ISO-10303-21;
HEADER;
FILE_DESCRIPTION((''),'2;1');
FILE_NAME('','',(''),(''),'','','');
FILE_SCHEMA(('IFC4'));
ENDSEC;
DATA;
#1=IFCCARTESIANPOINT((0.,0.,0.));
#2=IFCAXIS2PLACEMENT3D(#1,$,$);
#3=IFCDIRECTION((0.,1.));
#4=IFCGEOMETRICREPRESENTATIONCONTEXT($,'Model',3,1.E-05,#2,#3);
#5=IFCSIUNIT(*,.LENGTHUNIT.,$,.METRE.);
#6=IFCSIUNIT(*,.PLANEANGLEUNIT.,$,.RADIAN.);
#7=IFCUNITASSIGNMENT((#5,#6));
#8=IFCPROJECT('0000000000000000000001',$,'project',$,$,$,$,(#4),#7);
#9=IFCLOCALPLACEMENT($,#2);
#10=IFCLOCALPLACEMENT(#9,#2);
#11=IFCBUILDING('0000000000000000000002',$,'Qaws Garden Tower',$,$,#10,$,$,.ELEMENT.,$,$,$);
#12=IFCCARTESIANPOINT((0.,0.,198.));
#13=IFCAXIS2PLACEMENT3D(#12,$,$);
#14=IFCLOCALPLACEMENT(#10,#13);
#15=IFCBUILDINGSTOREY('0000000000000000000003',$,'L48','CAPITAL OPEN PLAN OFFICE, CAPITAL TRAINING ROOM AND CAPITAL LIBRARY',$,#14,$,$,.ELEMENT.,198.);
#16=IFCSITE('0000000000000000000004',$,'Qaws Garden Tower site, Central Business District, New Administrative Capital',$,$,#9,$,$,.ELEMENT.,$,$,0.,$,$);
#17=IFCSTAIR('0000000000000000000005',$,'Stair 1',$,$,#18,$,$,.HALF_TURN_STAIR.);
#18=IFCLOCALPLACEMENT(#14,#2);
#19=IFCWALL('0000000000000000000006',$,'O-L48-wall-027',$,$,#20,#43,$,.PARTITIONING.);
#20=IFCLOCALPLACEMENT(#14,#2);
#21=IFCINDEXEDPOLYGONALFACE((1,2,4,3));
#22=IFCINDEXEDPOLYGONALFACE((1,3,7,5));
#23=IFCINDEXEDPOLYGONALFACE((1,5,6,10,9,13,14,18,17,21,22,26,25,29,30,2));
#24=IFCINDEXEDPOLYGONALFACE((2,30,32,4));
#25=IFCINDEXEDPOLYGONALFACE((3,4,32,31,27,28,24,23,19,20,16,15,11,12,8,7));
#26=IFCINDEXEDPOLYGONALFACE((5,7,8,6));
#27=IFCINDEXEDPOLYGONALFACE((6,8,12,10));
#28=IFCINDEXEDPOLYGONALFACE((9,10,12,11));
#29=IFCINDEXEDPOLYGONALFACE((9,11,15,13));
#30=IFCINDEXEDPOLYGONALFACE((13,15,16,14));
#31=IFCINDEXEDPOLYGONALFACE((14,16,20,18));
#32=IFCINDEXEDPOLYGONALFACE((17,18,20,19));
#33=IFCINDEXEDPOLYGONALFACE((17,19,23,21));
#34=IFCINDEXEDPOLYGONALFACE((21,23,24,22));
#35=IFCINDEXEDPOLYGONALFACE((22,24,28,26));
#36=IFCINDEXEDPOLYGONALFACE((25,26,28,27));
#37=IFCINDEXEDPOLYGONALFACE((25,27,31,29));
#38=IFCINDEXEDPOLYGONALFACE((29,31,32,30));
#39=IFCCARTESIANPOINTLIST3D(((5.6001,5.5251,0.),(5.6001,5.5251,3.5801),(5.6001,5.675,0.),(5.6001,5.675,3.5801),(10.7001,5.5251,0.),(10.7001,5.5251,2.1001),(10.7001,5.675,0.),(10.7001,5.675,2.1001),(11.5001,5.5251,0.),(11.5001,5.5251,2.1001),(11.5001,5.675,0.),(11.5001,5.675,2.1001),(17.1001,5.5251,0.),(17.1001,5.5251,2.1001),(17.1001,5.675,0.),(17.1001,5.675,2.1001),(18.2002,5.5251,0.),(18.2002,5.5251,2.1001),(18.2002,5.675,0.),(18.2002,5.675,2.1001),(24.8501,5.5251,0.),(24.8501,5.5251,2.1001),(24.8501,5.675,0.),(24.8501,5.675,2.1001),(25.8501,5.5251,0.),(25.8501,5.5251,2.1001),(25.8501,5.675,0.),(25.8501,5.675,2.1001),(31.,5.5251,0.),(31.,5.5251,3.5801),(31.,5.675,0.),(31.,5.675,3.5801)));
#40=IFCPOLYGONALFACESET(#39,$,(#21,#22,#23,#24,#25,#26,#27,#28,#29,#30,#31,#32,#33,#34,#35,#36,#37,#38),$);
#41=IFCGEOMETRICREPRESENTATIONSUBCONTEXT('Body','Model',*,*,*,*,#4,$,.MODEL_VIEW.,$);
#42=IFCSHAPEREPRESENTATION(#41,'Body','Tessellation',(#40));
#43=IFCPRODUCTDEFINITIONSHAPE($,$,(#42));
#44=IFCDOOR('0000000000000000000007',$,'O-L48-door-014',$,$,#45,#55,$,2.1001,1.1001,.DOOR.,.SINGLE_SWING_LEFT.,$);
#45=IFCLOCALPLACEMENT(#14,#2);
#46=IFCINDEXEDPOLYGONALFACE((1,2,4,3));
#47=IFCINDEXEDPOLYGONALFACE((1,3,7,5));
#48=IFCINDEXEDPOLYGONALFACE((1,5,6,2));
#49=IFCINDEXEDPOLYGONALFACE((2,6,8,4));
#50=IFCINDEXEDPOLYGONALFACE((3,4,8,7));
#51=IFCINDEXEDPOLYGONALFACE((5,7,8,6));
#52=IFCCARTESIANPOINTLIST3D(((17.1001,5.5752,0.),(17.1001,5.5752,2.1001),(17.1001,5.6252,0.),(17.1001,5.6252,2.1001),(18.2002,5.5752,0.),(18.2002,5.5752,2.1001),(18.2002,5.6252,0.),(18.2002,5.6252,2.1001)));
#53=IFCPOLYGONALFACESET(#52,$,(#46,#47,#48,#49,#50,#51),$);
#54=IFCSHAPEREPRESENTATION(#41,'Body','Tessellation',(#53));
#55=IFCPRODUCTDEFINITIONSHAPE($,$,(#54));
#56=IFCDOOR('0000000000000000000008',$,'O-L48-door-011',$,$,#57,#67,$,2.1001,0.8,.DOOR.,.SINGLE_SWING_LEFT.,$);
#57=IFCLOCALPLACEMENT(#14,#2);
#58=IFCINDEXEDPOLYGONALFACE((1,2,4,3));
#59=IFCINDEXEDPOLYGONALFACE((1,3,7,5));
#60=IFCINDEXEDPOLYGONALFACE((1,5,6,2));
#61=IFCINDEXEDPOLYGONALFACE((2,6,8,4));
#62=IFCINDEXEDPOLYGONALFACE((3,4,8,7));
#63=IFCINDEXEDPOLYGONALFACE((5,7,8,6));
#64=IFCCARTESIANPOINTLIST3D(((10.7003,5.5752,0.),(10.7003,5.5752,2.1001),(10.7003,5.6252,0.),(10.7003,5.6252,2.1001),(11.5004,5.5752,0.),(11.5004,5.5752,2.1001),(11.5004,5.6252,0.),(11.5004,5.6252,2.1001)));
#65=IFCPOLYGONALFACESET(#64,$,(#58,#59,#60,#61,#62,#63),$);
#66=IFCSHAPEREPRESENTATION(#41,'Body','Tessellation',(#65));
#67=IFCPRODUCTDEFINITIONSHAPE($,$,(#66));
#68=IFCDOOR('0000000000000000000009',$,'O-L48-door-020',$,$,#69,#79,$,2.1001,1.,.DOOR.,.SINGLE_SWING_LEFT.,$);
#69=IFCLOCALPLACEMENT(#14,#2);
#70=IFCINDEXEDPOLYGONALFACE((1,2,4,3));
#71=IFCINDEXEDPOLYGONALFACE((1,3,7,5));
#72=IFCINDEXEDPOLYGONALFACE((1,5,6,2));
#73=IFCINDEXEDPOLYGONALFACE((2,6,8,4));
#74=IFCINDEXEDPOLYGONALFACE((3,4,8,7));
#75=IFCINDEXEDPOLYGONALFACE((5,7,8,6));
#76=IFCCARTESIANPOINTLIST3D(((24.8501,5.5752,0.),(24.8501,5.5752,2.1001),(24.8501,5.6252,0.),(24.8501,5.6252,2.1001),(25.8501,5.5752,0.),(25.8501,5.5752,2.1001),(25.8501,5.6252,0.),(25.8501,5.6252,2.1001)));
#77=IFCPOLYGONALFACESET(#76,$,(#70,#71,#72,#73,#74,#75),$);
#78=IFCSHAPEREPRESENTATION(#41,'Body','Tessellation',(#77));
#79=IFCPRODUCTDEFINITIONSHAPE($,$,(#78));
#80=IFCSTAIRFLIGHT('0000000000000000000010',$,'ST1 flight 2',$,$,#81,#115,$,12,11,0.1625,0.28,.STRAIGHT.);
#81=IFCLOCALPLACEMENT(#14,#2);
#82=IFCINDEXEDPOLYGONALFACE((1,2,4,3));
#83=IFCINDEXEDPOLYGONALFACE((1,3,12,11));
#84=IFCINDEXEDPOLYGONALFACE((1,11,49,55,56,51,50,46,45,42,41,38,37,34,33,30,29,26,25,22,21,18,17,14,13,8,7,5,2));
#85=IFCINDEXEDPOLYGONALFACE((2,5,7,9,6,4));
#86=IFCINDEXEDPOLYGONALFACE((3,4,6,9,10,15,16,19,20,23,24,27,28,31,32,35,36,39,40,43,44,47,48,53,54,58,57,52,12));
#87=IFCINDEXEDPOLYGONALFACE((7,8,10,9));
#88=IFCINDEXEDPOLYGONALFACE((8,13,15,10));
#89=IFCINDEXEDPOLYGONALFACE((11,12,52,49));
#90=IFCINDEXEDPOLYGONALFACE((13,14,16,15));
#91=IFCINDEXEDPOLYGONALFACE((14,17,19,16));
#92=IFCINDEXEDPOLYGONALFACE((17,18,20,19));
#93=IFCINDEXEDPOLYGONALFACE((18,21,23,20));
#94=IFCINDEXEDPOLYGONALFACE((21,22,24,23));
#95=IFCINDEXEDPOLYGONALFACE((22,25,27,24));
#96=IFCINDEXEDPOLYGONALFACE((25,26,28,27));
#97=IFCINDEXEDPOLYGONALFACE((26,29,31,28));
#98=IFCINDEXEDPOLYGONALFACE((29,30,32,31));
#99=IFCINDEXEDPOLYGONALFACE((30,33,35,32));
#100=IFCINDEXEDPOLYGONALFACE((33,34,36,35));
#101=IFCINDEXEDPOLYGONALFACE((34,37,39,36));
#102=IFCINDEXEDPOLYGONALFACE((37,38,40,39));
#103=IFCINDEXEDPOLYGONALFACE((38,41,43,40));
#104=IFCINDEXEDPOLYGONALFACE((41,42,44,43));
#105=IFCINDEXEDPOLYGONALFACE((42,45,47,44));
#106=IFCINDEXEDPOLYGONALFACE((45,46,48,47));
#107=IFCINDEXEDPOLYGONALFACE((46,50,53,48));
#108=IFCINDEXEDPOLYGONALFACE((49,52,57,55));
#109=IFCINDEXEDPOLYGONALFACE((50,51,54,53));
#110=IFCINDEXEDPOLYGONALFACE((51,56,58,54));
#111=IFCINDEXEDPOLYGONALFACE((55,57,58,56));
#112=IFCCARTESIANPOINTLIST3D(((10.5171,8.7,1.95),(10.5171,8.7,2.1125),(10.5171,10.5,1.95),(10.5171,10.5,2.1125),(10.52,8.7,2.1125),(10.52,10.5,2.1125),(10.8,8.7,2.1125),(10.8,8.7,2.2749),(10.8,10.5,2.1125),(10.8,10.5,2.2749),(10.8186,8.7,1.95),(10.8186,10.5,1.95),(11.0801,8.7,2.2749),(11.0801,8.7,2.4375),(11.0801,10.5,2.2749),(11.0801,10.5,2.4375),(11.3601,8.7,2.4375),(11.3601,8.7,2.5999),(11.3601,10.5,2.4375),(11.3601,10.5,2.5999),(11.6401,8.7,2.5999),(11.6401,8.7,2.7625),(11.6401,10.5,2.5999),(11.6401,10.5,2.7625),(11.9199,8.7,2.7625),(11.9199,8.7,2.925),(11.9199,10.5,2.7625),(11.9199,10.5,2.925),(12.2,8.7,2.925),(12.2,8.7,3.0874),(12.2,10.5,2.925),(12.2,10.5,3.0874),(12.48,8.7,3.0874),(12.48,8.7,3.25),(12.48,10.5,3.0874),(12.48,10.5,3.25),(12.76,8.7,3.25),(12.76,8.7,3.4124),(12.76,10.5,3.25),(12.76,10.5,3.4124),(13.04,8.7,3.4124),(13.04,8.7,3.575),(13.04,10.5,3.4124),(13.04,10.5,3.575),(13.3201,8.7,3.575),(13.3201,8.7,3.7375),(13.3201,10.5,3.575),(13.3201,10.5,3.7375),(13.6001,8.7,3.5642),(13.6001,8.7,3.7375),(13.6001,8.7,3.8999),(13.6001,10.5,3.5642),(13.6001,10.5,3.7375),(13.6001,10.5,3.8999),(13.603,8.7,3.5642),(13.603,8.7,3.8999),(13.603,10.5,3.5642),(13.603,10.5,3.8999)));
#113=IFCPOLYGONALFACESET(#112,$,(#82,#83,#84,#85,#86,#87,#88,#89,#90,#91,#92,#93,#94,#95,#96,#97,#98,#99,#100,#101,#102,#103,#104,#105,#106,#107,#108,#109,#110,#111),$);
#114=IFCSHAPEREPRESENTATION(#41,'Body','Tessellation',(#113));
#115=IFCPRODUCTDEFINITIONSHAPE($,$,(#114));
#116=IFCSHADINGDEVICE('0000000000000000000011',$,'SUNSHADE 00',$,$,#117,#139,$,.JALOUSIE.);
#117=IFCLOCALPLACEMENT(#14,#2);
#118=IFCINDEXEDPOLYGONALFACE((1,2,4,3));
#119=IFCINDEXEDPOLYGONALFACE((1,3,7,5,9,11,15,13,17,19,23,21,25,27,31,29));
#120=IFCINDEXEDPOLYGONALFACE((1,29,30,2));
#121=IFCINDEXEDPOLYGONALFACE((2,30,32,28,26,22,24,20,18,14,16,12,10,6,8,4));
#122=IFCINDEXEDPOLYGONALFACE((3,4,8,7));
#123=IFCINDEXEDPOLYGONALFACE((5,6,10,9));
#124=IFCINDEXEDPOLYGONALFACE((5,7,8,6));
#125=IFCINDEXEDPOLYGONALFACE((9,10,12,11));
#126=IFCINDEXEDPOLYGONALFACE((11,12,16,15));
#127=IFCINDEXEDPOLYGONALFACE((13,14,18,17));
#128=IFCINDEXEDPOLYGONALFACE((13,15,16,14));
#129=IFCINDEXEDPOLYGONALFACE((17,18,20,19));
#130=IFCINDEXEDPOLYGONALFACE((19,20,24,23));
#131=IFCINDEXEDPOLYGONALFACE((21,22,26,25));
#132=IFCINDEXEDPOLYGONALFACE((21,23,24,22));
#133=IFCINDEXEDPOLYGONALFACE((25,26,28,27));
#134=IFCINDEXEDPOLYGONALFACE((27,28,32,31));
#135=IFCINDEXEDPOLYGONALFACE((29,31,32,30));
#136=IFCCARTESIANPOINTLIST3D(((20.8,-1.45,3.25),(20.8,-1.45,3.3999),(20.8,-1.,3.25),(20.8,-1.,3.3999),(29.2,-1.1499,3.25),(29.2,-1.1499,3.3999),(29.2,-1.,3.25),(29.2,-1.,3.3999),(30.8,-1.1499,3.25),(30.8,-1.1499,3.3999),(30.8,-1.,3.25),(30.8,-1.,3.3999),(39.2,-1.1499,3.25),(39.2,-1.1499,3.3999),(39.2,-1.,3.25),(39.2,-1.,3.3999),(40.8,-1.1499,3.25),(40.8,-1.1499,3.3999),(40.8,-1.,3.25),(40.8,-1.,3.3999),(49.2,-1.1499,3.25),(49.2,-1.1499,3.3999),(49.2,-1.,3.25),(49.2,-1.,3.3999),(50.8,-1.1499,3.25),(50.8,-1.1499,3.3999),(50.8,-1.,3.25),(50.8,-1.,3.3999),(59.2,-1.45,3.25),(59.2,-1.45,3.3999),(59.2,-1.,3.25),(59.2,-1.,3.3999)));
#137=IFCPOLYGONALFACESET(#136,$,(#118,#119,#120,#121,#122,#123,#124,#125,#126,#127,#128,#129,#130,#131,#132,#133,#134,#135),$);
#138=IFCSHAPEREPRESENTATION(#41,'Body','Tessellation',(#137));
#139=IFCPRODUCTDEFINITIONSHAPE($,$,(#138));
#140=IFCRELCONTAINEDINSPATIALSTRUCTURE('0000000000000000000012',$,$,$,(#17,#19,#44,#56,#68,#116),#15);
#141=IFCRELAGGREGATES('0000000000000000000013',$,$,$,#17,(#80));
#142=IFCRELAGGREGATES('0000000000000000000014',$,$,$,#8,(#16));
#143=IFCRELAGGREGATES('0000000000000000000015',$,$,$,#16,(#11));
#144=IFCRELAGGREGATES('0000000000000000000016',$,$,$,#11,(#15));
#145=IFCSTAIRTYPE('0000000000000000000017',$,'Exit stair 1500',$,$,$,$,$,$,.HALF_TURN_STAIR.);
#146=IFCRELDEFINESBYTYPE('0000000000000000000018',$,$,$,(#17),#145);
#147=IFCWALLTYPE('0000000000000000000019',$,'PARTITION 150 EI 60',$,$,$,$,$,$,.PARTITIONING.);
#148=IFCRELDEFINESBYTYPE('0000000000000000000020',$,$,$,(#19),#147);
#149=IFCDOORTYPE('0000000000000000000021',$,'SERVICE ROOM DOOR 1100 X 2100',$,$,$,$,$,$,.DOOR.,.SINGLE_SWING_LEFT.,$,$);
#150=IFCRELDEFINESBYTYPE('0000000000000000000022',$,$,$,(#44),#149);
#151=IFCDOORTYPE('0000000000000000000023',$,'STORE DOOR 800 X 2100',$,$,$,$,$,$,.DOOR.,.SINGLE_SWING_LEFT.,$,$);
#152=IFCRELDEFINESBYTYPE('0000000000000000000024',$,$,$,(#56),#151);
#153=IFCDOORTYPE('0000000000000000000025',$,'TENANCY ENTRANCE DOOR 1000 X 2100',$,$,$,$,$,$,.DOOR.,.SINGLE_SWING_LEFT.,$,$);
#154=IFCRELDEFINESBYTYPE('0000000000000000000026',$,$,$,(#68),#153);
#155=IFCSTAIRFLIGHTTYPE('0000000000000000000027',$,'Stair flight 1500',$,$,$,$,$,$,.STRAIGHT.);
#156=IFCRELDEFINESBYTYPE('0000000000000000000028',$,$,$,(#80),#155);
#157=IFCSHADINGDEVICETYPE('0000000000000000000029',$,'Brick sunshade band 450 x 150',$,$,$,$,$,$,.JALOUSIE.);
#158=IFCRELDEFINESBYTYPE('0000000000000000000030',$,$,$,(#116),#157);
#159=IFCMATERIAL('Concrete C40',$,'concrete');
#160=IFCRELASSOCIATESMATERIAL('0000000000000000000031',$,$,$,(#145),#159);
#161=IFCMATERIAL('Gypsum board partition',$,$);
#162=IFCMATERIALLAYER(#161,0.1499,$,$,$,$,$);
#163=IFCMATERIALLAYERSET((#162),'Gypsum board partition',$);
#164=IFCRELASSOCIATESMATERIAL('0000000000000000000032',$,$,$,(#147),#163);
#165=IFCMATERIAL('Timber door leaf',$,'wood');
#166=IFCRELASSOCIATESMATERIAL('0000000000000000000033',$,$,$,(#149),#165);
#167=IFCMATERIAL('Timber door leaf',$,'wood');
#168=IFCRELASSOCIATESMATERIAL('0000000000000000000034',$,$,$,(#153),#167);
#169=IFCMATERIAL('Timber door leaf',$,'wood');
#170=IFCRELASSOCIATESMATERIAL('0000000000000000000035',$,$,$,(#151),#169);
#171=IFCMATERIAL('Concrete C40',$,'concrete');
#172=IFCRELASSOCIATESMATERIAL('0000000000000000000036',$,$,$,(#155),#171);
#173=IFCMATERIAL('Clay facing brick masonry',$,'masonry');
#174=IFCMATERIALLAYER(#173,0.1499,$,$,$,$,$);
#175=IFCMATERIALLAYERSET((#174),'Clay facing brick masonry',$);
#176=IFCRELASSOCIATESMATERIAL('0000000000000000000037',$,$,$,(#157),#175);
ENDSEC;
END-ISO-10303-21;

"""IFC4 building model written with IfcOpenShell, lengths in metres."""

from ifc_helpers import new_model, si_unit, direction, frame, frame_2d, origin, place, context, subcontext, project, spatial, polyline, rectangle, outline, extrude, material, layer, layer_set, type_object, element, fill, aggregate, save


model = new_model("IFC4")

# Units and contexts
model_context = context("Model", 3, precision=1e-05, world=origin(), true_north=direction((0.0, 1.0)))
body_context = subcontext(model_context, "Body", "Model", "MODEL_VIEW")
ifc_project = project(units=[si_unit("LENGTHUNIT", "METRE"), si_unit("PLANEANGLEUNIT", "RADIAN")], contexts=[model_context])

# Site, building, storey
site_placement = place(None, origin())
site = spatial("IfcSite", under=ifc_project, at=site_placement, Name="Qaws Garden Tower site, Central Business District, New Administrative Capital", CompositionType="ELEMENT", RefElevation=0.0)
building_placement = place(site_placement, origin())
building = spatial("IfcBuilding", under=site, at=building_placement, Name="Qaws Garden Tower", CompositionType="ELEMENT")
storey_placement = place(building_placement, frame((0.0, 0.0, 198.0)))
storey = spatial("IfcBuildingStorey", under=building, at=storey_placement, Name="L48", Description="CAPITAL OPEN PLAN OFFICE, CAPITAL TRAINING ROOM AND CAPITAL LIBRARY", CompositionType="ELEMENT", Elevation=198.0)

# Stair
ifc_material_1 = material(Name="Concrete C40", Category="concrete")
stair_type_1 = type_object("IfcStairType", Name="Exit stair 1500", PredefinedType="HALF_TURN_STAIR", material=ifc_material_1)
placement_1 = place(storey_placement, origin())
stair_1 = element("IfcStair", 1, at=placement_1, inside=storey, type_object=stair_type_1, Name="Stair 1", PredefinedType="HALF_TURN_STAIR")

# Wall, openings, doors
ifc_material_2 = material(Name="Gypsum board partition")
ifc_layer_1 = layer(ifc_material_2, 0.1499)
ifc_layer_set_1 = layer_set([ifc_layer_1], Name="Gypsum board partition")
wall_type_1 = type_object("IfcWallType", Name="PARTITION 150 EI 60", PredefinedType="PARTITIONING", material=ifc_layer_set_1)
ifc_material_3 = material(Name="Timber door leaf", Category="wood")
door_type_1 = type_object("IfcDoorType", Name="SERVICE ROOM DOOR 1100 X 2100", OperationType="SINGLE_SWING_LEFT", PredefinedType="DOOR", material=ifc_material_3)
ifc_material_4 = material(Name="Timber door leaf", Category="wood")
door_type_2 = type_object("IfcDoorType", Name="TENANCY ENTRANCE DOOR 1000 X 2100", OperationType="SINGLE_SWING_LEFT", PredefinedType="DOOR", material=ifc_material_4)
wall_1_placement = place(storey_placement, frame((5.6001, 5.6001, 0.0), z_axis=(0.0, 0.0, 1.0), x_axis=(1.0, 0.0, 0.0)))
wall_1 = element("IfcWall", 2, at=wall_1_placement, inside=storey, type_object=wall_type_1, Name="O-L48-wall-027", PredefinedType="PARTITIONING", context=body_context, shape_type="SweptSolid", body=[
    extrude(rectangle(XDim=25.3999, YDim=0.1499, at=frame_2d((12.7, 0.0))), origin(), (0.0, 0.0, 1.0), 3.5801),
])
opening_1_placement = place(wall_1_placement, frame((5.1001, 0.0, 0.0)))
opening_1 = element("IfcOpeningElement", 3, at=opening_1_placement, cuts=wall_1, PredefinedType="OPENING", context=body_context, shape_type="SweptSolid", body=[
    extrude(rectangle(XDim=0.8, YDim=2.1001, at=frame_2d((0.3999, 1.05))), frame((0.0, 0.085, 0.0), z_axis=(0.0, -1.0, 0.0), x_axis=(1.0, 0.0, 0.0)), (0.0, 0.0, 1.0), 0.1699),
])
opening_2_placement = place(wall_1_placement, frame((11.5, 0.0, 0.0)))
opening_2 = element("IfcOpeningElement", 4, at=opening_2_placement, cuts=wall_1, PredefinedType="OPENING", context=body_context, shape_type="SweptSolid", body=[
    extrude(rectangle(XDim=1.1001, YDim=2.1001, at=frame_2d((0.55, 1.05))), frame((0.0, 0.085, 0.0), z_axis=(0.0, -1.0, 0.0), x_axis=(1.0, 0.0, 0.0)), (0.0, 0.0, 1.0), 0.1699),
])
opening_3_placement = place(wall_1_placement, frame((19.25, 0.0, 0.0)))
opening_3 = element("IfcOpeningElement", 5, at=opening_3_placement, cuts=wall_1, PredefinedType="OPENING", context=body_context, shape_type="SweptSolid", body=[
    extrude(rectangle(XDim=1.0, YDim=2.1001, at=frame_2d((0.5, 1.05))), frame((0.0, 0.085, 0.0), z_axis=(0.0, -1.0, 0.0), x_axis=(1.0, 0.0, 0.0)), (0.0, 0.0, 1.0), 0.1699),
])
door_1_placement = place(opening_2_placement, frame((1.1001, 0.0, 0.0), z_axis=(0.0, 0.0, 1.0), x_axis=(-1.0, 0.0, 0.0)))
door_1 = element("IfcDoor", 6, at=door_1_placement, inside=storey, type_object=door_type_1, Name="O-L48-door-014", OperationType="SINGLE_SWING_LEFT", OverallHeight=2.1001, OverallWidth=1.1001, PredefinedType="DOOR", context=body_context, shape_type="SweptSolid", body=[
    extrude(rectangle(XDim=1.1001, YDim=2.1001, at=frame_2d((0.55, 1.05))), frame((0.0, 0.0249, 0.0), z_axis=(0.0, -1.0, 0.0), x_axis=(1.0, 0.0, 0.0)), (0.0, 0.0, 1.0), 0.05),
])
fill(opening_2, door_1)
ifc_material_5 = material(Name="Timber door leaf", Category="wood")
door_type_3 = type_object("IfcDoorType", Name="STORE DOOR 800 X 2100", OperationType="SINGLE_SWING_LEFT", PredefinedType="DOOR", material=ifc_material_5)
door_2_placement = place(opening_1_placement, frame((0.8, 0.0, 0.0), z_axis=(0.0, 0.0, 1.0), x_axis=(-1.0, 0.0, 0.0)))
door_2 = element("IfcDoor", 7, at=door_2_placement, inside=storey, type_object=door_type_3, Name="O-L48-door-011", OperationType="SINGLE_SWING_LEFT", OverallHeight=2.1001, OverallWidth=0.8, PredefinedType="DOOR", context=body_context, shape_type="SweptSolid", body=[
    extrude(rectangle(XDim=0.8, YDim=2.1001, at=frame_2d((0.3999, 1.05))), frame((0.0, 0.0249, 0.0), z_axis=(0.0, -1.0, 0.0), x_axis=(1.0, 0.0, 0.0)), (0.0, 0.0, 1.0), 0.05),
])
fill(opening_1, door_2)
door_3_placement = place(opening_3_placement, frame((1.0, 0.0, 0.0), z_axis=(0.0, 0.0, 1.0), x_axis=(-1.0, 0.0, 0.0)))
door_3 = element("IfcDoor", 8, at=door_3_placement, inside=storey, type_object=door_type_2, Name="O-L48-door-020", OperationType="SINGLE_SWING_LEFT", OverallHeight=2.1001, OverallWidth=1.0, PredefinedType="DOOR", context=body_context, shape_type="SweptSolid", body=[
    extrude(rectangle(XDim=1.0, YDim=2.1001, at=frame_2d((0.5, 1.05))), frame((0.0, 0.0249, 0.0), z_axis=(0.0, -1.0, 0.0), x_axis=(1.0, 0.0, 0.0)), (0.0, 0.0, 1.0), 0.05),
])
fill(opening_3, door_3)

# Stair flight
ifc_material_6 = material(Name="Concrete C40", Category="concrete")
stair_flight_type = type_object("IfcStairFlightType", Name="Stair flight 1500", PredefinedType="STRAIGHT", material=ifc_material_6)
stair_flight_placement = place(storey_placement, frame((10.52, 9.6001, 1.95), z_axis=(0.0, 0.0, 1.0), x_axis=(1.0, 0.0, 0.0)))
stair_flight = element("IfcStairFlight", 9, at=stair_flight_placement, type_object=stair_flight_type, Name="ST1 flight 2", NumberOfRisers=12, NumberOfTreads=11, PredefinedType="STRAIGHT", RiserHeight=0.1625, TreadLength=0.28, context=body_context, shape_type="SweptSolid", body=[
    extrude(outline(polyline([(-0.0029, 0.0), (-0.0029, 0.1626), (0.0, 0.1626), (0.28, 0.1626), (0.28, 0.325), (0.5601, 0.325), (0.5601, 0.4875), (0.8401, 0.4875), (0.8401, 0.6499), (1.1201, 0.6499), (1.1201, 0.8125), (1.3999, 0.8125), (1.3999, 0.9751), (1.6799, 0.9751), (1.6799, 1.1375), (1.96, 1.1375), (1.96, 1.3), (2.24, 1.3), (2.24, 1.4624), (2.52, 1.4624), (2.52, 1.625), (2.8, 1.625), (2.8, 1.7876), (3.0801, 1.7876), (3.0801, 1.95), (3.083, 1.95), (3.083, 1.6143), (3.0801, 1.6143), (0.2986, 0.0), (-0.0029, 0.0)])), frame((0.0, 0.8999, 0.0), z_axis=(0.0, -1.0, 0.0), x_axis=(1.0, 0.0, 0.0)), (0.0, 0.0, 1.0), 1.8),
])
aggregate(stair_1, [stair_flight])

# Shading device
ifc_material_7 = material(Name="Clay facing brick masonry", Category="masonry")
ifc_layer_2 = layer(ifc_material_7, 0.1499)
ifc_layer_set_2 = layer_set([ifc_layer_2], Name="Clay facing brick masonry")
shading_device_type = type_object("IfcShadingDeviceType", Name="Brick sunshade band 450 x 150", PredefinedType="JALOUSIE", material=ifc_layer_set_2)
shading_device_placement = place(storey_placement, frame((0.0, 0.0, 3.25)))
element("IfcShadingDevice", 10, at=shading_device_placement, inside=storey, type_object=shading_device_type, Name="SUNSHADE 00", PredefinedType="JALOUSIE", context=body_context, shape_type="SweptSolid", body=[
    extrude(outline(polyline([(20.8, -1.0), (20.8, -1.45), (59.2, -1.45), (59.2, -1.0), (50.8, -1.0), (50.8, -1.1499), (49.2, -1.1499), (49.2, -1.0), (40.8, -1.0), (40.8, -1.1499), (39.2, -1.1499), (39.2, -1.0), (30.8, -1.0), (30.8, -1.1499), (29.2, -1.1499), (29.2, -1.0), (20.8, -1.0)])), origin(), (0.0, 0.0, 1.0), 0.1499),
])

save(model, "model.ifc")
